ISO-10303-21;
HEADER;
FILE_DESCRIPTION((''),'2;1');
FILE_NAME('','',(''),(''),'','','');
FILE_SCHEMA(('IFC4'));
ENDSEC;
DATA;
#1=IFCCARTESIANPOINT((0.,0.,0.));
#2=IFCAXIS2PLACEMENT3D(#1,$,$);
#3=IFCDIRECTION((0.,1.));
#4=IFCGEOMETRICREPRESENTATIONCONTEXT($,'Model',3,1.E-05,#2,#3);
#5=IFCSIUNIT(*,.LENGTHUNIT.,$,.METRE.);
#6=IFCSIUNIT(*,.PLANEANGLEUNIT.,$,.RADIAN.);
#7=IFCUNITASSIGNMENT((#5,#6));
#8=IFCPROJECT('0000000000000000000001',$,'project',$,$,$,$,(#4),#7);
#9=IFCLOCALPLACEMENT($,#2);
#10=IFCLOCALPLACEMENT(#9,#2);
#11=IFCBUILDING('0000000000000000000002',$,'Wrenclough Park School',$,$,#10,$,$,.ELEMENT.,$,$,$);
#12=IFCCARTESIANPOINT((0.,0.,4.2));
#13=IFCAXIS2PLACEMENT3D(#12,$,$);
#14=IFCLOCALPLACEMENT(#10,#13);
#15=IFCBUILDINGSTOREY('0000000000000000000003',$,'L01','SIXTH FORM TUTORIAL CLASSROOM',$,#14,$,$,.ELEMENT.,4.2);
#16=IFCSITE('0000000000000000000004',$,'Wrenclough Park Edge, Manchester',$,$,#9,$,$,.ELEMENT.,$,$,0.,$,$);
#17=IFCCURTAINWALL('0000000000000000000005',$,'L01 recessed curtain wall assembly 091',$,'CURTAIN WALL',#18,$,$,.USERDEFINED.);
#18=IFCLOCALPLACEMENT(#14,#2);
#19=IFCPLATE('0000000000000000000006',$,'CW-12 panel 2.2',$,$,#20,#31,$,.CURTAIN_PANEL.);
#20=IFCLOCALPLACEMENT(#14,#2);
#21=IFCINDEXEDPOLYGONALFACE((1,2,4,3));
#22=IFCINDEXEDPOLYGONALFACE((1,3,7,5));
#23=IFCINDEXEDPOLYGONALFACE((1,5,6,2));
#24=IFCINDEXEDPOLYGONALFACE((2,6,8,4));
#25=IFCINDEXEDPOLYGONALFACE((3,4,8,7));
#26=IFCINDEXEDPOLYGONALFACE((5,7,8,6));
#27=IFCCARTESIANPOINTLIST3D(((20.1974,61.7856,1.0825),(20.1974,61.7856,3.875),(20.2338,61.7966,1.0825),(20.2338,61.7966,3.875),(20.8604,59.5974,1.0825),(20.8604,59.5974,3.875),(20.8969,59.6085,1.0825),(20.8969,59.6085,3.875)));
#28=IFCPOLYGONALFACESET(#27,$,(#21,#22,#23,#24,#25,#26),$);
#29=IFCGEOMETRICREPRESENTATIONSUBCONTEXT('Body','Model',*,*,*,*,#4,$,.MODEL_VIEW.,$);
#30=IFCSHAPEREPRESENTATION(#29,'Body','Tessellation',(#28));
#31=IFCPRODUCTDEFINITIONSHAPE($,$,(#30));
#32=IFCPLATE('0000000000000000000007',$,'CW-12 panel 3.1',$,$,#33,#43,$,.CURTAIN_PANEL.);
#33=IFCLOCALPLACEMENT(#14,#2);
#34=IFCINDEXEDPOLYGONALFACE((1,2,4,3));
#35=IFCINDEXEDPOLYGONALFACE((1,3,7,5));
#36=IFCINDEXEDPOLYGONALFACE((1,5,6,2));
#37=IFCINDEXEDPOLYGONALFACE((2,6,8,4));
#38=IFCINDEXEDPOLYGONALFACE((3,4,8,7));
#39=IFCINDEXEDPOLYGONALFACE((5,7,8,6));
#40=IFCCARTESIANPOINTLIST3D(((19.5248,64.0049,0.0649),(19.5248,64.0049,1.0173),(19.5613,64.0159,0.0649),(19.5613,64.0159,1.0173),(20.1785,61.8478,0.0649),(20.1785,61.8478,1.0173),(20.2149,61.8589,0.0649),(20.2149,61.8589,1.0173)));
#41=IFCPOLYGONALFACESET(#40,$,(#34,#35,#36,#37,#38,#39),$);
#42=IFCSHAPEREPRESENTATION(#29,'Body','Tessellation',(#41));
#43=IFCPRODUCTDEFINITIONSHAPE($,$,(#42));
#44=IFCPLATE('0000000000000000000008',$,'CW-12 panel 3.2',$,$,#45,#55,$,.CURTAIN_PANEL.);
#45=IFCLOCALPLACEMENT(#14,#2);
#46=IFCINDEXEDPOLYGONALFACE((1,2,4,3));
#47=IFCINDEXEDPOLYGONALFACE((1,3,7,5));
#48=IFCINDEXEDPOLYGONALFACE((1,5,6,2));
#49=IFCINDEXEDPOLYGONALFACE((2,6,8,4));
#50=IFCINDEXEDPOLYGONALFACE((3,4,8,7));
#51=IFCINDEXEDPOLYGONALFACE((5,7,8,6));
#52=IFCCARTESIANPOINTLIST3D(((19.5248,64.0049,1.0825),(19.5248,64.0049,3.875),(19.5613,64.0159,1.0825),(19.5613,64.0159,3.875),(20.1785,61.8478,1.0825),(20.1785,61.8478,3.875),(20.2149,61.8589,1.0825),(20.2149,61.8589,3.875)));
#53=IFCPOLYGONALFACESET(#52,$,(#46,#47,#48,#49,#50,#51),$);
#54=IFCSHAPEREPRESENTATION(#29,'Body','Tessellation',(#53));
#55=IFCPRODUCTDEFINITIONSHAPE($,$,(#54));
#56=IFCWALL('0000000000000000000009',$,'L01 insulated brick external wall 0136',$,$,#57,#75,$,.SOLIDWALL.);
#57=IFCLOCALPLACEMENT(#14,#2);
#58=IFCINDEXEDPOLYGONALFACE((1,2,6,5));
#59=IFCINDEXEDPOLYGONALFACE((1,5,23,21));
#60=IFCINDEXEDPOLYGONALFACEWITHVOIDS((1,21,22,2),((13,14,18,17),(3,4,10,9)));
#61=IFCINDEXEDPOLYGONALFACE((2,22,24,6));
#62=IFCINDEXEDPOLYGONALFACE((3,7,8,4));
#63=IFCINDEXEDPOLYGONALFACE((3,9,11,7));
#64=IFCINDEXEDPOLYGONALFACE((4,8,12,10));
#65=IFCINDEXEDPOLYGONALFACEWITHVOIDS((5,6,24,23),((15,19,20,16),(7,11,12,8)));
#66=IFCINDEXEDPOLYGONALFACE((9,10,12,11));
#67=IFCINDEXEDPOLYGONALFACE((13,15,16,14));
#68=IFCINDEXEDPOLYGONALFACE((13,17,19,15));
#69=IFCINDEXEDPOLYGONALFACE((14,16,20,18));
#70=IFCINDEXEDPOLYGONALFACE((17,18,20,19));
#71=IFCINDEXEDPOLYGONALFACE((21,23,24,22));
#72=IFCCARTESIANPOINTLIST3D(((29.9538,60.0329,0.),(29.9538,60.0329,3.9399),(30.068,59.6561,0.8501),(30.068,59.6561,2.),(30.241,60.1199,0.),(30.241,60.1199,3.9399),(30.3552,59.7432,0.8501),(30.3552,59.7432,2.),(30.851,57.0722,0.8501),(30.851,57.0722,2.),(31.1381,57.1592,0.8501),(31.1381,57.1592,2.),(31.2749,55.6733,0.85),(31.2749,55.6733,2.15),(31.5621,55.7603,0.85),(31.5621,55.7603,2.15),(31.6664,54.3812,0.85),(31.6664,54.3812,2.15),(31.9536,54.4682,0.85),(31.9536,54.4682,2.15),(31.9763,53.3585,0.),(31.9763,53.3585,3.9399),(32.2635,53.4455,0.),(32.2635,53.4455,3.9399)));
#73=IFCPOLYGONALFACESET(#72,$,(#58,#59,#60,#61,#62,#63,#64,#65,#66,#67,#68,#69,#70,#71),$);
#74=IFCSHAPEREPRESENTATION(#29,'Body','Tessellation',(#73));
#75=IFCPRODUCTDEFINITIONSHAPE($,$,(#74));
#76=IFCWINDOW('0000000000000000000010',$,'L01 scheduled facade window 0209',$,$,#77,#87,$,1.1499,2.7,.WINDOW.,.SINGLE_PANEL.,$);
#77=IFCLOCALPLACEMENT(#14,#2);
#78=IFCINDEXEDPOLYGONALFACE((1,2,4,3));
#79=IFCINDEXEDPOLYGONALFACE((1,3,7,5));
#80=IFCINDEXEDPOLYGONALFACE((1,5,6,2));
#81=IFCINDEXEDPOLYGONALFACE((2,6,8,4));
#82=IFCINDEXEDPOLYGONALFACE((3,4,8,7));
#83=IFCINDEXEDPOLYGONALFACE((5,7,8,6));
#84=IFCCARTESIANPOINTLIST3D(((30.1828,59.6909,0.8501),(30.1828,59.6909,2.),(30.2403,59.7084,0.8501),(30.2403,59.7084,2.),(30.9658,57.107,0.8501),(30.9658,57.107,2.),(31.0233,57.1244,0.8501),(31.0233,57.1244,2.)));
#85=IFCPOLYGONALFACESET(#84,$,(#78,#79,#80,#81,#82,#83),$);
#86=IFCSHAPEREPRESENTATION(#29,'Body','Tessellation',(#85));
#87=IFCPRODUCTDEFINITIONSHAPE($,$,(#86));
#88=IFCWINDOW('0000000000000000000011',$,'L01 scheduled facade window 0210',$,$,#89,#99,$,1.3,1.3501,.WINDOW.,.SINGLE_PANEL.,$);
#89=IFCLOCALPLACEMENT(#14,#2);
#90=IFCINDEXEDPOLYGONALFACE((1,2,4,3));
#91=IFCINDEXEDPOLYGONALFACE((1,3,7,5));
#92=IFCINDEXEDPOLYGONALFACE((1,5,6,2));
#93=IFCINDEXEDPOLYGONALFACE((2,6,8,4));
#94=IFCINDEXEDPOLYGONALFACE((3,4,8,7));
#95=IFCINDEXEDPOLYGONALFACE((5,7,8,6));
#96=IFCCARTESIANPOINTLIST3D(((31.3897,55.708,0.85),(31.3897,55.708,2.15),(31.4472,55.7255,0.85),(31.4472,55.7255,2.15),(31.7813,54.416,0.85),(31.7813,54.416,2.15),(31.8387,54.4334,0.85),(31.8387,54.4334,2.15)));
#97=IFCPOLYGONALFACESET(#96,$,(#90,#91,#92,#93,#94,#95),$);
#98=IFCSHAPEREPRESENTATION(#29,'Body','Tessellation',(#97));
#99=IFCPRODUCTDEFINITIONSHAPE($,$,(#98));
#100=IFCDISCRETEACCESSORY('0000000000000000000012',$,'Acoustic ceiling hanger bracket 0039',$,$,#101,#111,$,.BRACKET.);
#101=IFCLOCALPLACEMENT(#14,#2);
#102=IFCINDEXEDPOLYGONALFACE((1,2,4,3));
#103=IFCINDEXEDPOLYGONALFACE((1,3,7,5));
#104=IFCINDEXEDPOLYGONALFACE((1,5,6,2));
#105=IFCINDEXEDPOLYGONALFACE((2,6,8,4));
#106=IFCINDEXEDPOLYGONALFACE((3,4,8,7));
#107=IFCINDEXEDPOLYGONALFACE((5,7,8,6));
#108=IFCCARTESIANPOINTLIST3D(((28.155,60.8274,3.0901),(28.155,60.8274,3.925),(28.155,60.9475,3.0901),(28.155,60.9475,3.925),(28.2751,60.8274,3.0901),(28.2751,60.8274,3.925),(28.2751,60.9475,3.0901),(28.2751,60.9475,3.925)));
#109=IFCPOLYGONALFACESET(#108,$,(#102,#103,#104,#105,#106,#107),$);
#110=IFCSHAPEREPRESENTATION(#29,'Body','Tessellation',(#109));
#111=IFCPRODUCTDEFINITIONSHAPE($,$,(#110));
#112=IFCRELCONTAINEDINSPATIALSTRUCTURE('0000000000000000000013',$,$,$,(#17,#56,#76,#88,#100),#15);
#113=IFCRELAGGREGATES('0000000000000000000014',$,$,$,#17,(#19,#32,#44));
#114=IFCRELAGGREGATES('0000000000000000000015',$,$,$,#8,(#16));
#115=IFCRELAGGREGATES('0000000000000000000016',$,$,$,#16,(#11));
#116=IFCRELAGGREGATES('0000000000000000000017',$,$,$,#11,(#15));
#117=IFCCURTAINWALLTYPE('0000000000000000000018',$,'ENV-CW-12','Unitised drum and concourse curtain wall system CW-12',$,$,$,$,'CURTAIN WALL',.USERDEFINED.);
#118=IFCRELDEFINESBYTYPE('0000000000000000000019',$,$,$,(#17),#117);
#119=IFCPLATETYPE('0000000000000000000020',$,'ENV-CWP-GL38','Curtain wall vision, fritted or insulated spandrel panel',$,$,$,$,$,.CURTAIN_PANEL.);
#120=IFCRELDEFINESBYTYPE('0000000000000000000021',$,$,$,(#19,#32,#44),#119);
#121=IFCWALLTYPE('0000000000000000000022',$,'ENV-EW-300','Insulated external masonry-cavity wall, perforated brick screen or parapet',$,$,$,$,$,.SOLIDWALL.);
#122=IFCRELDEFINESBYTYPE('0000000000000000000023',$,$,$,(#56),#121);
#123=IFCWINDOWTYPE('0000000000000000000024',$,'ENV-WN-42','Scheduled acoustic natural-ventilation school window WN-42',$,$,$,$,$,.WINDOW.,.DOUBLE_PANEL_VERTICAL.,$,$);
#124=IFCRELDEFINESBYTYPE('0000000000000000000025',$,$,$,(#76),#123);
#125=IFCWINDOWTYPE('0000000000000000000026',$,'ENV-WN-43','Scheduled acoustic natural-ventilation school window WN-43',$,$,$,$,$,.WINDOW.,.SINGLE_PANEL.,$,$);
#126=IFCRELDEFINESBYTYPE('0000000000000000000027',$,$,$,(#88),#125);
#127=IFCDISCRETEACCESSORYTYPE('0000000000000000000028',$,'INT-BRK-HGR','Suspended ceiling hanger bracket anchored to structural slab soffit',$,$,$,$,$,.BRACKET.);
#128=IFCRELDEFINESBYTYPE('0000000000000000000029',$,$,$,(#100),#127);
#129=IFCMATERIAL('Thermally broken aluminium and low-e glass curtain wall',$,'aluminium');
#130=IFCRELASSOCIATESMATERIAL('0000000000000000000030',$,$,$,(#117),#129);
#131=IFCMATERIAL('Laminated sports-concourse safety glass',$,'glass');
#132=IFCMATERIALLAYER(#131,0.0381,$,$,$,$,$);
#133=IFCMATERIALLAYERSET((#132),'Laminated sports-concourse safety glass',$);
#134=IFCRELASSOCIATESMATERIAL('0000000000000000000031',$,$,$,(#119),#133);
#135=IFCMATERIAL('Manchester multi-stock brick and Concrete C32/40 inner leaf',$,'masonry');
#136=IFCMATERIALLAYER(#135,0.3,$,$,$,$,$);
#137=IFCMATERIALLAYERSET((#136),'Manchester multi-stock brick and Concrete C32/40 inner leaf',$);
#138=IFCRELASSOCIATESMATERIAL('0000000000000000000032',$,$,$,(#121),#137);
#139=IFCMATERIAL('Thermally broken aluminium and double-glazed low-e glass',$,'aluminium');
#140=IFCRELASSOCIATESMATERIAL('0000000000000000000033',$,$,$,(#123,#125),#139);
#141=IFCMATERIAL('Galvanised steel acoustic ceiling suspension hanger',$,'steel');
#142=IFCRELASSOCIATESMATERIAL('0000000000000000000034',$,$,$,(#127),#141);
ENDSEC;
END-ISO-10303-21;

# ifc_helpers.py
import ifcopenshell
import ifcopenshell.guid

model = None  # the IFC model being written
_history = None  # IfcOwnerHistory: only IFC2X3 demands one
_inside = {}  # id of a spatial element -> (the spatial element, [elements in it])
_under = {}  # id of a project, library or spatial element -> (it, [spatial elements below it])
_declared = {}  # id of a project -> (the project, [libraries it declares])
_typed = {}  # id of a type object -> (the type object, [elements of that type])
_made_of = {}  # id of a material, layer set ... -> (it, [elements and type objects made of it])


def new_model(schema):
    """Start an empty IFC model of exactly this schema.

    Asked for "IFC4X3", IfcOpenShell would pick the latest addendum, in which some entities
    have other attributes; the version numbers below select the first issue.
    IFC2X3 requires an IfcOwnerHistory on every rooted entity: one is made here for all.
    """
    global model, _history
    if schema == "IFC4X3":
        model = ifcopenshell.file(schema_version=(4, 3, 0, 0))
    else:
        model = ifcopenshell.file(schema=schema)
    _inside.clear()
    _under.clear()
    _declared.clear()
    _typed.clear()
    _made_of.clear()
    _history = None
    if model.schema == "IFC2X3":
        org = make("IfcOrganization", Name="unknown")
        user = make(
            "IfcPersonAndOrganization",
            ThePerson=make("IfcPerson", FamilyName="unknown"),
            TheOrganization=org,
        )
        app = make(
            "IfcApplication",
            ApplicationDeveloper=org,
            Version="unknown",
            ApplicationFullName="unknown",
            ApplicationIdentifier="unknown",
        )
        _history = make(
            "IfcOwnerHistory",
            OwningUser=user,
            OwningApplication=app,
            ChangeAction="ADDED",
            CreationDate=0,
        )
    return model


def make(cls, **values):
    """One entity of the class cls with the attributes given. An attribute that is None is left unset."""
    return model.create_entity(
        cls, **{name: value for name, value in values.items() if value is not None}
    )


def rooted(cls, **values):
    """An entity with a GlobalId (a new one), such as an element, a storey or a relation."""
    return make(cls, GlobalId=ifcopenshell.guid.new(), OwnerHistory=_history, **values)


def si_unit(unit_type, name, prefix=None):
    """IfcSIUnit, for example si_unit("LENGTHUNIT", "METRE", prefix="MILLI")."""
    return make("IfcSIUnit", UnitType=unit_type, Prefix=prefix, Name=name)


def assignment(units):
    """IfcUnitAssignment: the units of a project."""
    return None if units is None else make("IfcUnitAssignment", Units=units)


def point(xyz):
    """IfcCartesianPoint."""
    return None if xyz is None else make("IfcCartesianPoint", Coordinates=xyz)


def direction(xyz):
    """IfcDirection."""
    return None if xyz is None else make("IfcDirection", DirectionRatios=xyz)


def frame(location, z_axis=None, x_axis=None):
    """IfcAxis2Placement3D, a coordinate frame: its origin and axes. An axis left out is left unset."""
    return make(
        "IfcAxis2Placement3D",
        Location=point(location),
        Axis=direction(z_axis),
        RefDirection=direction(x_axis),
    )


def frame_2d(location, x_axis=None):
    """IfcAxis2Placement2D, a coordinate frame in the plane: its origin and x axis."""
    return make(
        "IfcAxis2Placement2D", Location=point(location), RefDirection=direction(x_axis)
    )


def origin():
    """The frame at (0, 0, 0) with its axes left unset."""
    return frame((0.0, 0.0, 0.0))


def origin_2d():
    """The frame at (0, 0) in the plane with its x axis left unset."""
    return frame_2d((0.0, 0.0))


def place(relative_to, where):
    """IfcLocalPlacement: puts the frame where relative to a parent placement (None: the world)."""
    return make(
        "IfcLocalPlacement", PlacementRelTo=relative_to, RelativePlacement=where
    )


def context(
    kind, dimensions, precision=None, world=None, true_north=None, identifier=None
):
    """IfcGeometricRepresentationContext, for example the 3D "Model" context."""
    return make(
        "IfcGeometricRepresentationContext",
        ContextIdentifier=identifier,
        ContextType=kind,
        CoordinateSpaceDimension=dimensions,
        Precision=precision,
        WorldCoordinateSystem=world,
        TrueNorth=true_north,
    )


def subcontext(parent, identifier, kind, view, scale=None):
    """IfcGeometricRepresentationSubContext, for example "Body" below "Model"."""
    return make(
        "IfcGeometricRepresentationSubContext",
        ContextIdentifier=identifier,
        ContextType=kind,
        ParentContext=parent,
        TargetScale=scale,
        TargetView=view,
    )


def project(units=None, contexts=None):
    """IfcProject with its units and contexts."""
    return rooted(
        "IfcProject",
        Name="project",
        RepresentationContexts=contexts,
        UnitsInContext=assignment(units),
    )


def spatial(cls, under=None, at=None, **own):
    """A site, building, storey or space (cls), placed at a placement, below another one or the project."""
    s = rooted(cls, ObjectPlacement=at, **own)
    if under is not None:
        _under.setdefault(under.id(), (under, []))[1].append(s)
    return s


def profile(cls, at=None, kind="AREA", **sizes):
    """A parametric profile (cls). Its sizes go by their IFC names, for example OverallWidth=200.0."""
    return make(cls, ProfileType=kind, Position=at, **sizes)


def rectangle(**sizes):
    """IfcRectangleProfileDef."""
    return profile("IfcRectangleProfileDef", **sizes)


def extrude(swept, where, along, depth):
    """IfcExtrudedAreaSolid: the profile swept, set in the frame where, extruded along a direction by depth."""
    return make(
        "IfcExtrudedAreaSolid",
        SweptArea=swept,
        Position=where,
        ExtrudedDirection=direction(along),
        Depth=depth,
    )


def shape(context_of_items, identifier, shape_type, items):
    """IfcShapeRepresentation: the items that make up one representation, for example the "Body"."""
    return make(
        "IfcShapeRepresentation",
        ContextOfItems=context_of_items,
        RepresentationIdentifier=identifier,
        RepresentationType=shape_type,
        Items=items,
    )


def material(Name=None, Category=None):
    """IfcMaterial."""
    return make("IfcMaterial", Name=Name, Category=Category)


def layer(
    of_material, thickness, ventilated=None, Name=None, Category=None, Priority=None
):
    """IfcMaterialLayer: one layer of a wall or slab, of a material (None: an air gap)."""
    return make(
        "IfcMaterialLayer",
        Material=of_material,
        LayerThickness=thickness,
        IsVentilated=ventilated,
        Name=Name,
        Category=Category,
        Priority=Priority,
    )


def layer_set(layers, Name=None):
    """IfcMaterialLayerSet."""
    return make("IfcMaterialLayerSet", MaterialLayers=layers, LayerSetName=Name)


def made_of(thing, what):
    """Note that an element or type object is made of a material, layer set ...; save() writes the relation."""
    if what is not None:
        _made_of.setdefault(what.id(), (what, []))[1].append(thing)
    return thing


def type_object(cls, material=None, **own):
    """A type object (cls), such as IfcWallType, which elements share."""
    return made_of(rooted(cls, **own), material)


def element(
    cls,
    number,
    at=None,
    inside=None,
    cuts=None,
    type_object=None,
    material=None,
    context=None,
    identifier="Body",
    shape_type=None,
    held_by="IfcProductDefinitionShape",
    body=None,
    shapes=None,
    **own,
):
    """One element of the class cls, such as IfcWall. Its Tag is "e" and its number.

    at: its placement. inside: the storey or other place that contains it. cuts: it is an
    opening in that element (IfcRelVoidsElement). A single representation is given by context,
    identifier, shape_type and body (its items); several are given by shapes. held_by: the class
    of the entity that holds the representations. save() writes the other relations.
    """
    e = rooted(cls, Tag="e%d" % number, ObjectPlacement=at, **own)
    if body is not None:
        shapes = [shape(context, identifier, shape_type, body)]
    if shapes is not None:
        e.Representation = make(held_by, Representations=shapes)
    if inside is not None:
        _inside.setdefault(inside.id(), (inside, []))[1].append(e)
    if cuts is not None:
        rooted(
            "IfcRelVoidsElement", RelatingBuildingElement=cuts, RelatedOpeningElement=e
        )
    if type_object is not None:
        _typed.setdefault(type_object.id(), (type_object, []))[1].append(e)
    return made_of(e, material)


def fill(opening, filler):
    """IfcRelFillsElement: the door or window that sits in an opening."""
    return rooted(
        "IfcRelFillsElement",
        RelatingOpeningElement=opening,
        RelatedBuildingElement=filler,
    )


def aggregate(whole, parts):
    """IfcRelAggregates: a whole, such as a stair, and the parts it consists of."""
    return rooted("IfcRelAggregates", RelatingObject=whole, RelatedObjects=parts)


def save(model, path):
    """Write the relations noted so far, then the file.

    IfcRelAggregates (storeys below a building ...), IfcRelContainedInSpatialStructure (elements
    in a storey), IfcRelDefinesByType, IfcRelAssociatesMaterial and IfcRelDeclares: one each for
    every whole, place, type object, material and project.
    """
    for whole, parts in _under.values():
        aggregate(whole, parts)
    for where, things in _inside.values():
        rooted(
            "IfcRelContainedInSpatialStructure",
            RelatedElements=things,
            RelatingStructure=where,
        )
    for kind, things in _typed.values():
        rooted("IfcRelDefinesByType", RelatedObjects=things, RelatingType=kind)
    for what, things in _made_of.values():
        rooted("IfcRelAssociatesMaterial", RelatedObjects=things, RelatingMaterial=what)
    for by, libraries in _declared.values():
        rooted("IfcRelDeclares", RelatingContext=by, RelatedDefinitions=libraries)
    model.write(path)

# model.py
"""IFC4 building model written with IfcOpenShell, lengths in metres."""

from ifc_helpers import new_model, si_unit, direction, frame, frame_2d, origin, origin_2d, place, context, subcontext, project, spatial, rectangle, extrude, material, layer, layer_set, type_object, element, fill, aggregate, save


model = new_model("IFC4")

# Units and contexts
model_context = context("Model", 3, precision=1e-05, world=origin(), true_north=direction((0.0, 1.0)))
body_context = subcontext(model_context, "Body", "Model", "MODEL_VIEW")
ifc_project = project(units=[si_unit("LENGTHUNIT", "METRE"), si_unit("PLANEANGLEUNIT", "RADIAN")], contexts=[model_context])

# Site, building, storey
site_placement = place(None, origin())
site = spatial("IfcSite", under=ifc_project, at=site_placement, Name="Wrenclough Park Edge, Manchester", CompositionType="ELEMENT", RefElevation=0.0)
building_placement = place(site_placement, origin())
building = spatial("IfcBuilding", under=site, at=building_placement, Name="Wrenclough Park School", CompositionType="ELEMENT")
storey_placement = place(building_placement, frame((0.0, 0.0, 4.2)))
storey = spatial("IfcBuildingStorey", under=building, at=storey_placement, Name="L01", Description="SIXTH FORM TUTORIAL CLASSROOM", CompositionType="ELEMENT", Elevation=4.2)

# Curtain wall
ifc_material_1 = material(Name="Thermally broken aluminium and low-e glass curtain wall", Category="aluminium")
curtain_wall_type = type_object("IfcCurtainWallType", Name="ENV-CW-12", Description="Unitised drum and concourse curtain wall system CW-12", ElementType="CURTAIN WALL", PredefinedType="USERDEFINED", material=ifc_material_1)
curtain_wall_placement = place(storey_placement, origin())
curtain_wall = element("IfcCurtainWall", 1, at=curtain_wall_placement, inside=storey, type_object=curtain_wall_type, Name="L01 recessed curtain wall assembly 091", ObjectType="CURTAIN WALL", PredefinedType="USERDEFINED")

# Plates
ifc_material_2 = material(Name="Laminated sports-concourse safety glass", Category="glass")
ifc_layer_1 = layer(ifc_material_2, 0.0381)
ifc_layer_set_1 = layer_set([ifc_layer_1], Name="Laminated sports-concourse safety glass")
plate_type = type_object("IfcPlateType", Name="ENV-CWP-GL38", Description="Curtain wall vision, fritted or insulated spandrel panel", PredefinedType="CURTAIN_PANEL", material=ifc_layer_set_1)
plate_1_placement = place(storey_placement, frame((20.5471, 60.697, 1.0825), z_axis=(0.0, 0.0, 1.0), x_axis=(-0.289988, 0.95703, 0.0)))
plate_1 = element("IfcPlate", 2, at=plate_1_placement, type_object=plate_type, Name="CW-12 panel 2.2", PredefinedType="CURTAIN_PANEL", context=body_context, shape_type="SweptSolid", body=[
    extrude(rectangle(XDim=2.2864, YDim=0.0381, at=origin_2d()), origin(), (0.0, 0.0, 1.0), 2.7925),
])
plate_2_placement = place(storey_placement, frame((19.8699, 62.9319, 0.0649), z_axis=(0.0, 0.0, 1.0), x_axis=(-0.289988, 0.95703, 0.0)))
plate_2 = element("IfcPlate", 3, at=plate_2_placement, type_object=plate_type, Name="CW-12 panel 3.1", PredefinedType="CURTAIN_PANEL", context=body_context, shape_type="SweptSolid", body=[
    extrude(rectangle(XDim=2.2539, YDim=0.0381, at=origin_2d()), origin(), (0.0, 0.0, 1.0), 0.9524),
])
plate_3_placement = place(storey_placement, frame((19.8699, 62.9319, 1.0825), z_axis=(0.0, 0.0, 1.0), x_axis=(-0.289988, 0.95703, 0.0)))
plate_3 = element("IfcPlate", 4, at=plate_3_placement, type_object=plate_type, Name="CW-12 panel 3.2", PredefinedType="CURTAIN_PANEL", context=body_context, shape_type="SweptSolid", body=[
    extrude(rectangle(XDim=2.2539, YDim=0.0381, at=origin_2d()), origin(), (0.0, 0.0, 1.0), 2.7925),
])
aggregate(curtain_wall, [plate_1, plate_2, plate_3])

# Wall, openings, windows
ifc_material_3 = material(Name="Manchester multi-stock brick and Concrete C32/40 inner leaf", Category="masonry")
ifc_layer_2 = layer(ifc_material_3, 0.3)
ifc_layer_set_2 = layer_set([ifc_layer_2], Name="Manchester multi-stock brick and Concrete C32/40 inner leaf")
wall_type = type_object("IfcWallType", Name="ENV-EW-300", Description="Insulated external masonry-cavity wall, perforated brick screen or parapet", PredefinedType="SOLIDWALL", material=ifc_layer_set_2)
wall_placement = place(storey_placement, frame((30.0974, 60.0764, 0.0), z_axis=(0.0, 0.0, 1.0), x_axis=(0.29, -0.957027, 0.0)))
wall = element("IfcWall", 5, at=wall_placement, inside=storey, type_object=wall_type, Name="L01 insulated brick external wall 0136", PredefinedType="SOLIDWALL", context=body_context, shape_type="SweptSolid", body=[
    extrude(rectangle(XDim=6.9741, YDim=0.3, at=frame_2d((3.4871, 0.0))), origin(), (0.0, 0.0, 1.0), 3.9399),
])
opening_1_placement = place(wall_placement, frame((0.3936, 0.0, 0.8501)))
opening_1 = element("IfcOpeningElement", 6, at=opening_1_placement, cuts=wall, PredefinedType="OPENING", context=body_context, shape_type="SweptSolid", body=[
    extrude(rectangle(XDim=2.7, YDim=1.1499, at=frame_2d((1.3501, 0.575))), frame((0.0, 0.1599, 0.0), z_axis=(0.0, -1.0, 0.0), x_axis=(1.0, 0.0, 0.0)), (0.0, 0.0, 1.0), 0.3201),
])
opening_2_placement = place(wall_placement, frame((4.5554, 0.0, 0.8501)))
opening_2 = element("IfcOpeningElement", 7, at=opening_2_placement, cuts=wall, PredefinedType="OPENING", context=body_context, shape_type="SweptSolid", body=[
    extrude(rectangle(XDim=1.3501, YDim=1.3, at=frame_2d((0.675, 0.6499))), frame((0.0, 0.1599, 0.0), z_axis=(0.0, -1.0, 0.0), x_axis=(1.0, 0.0, 0.0)), (0.0, 0.0, 1.0), 0.3201),
])
ifc_material_4 = material(Name="Thermally broken aluminium and double-glazed low-e glass", Category="aluminium")
window_type_1 = type_object("IfcWindowType", Name="ENV-WN-42", Description="Scheduled acoustic natural-ventilation school window WN-42", PartitioningType="DOUBLE_PANEL_VERTICAL", PredefinedType="WINDOW", material=ifc_material_4)
window_1_placement = place(opening_1_placement, origin())
window_1 = element("IfcWindow", 8, at=window_1_placement, inside=storey, type_object=window_type_1, Name="L01 scheduled facade window 0209", OverallHeight=1.1499, OverallWidth=2.7, PartitioningType="SINGLE_PANEL", PredefinedType="WINDOW", context=body_context, shape_type="SweptSolid", body=[
    extrude(rectangle(XDim=2.7, YDim=1.1499, at=frame_2d((1.3501, 0.575))), frame((0.0, 0.03, 0.0), z_axis=(0.0, -1.0, 0.0), x_axis=(1.0, 0.0, 0.0)), (0.0, 0.0, 1.0), 0.0601),
])
fill(opening_1, window_1)
window_type_2 = type_object("IfcWindowType", Name="ENV-WN-43", Description="Scheduled acoustic natural-ventilation school window WN-43", PartitioningType="SINGLE_PANEL", PredefinedType="WINDOW", material=ifc_material_4)
window_2_placement = place(opening_2_placement, origin())
window_2 = element("IfcWindow", 9, at=window_2_placement, inside=storey, type_object=window_type_2, Name="L01 scheduled facade window 0210", OverallHeight=1.3, OverallWidth=1.3501, PartitioningType="SINGLE_PANEL", PredefinedType="WINDOW", context=body_context, shape_type="SweptSolid", body=[
    extrude(rectangle(XDim=1.3501, YDim=1.3, at=frame_2d((0.675, 0.6499))), frame((0.0, 0.03, 0.0), z_axis=(0.0, -1.0, 0.0), x_axis=(1.0, 0.0, 0.0)), (0.0, 0.0, 1.0), 0.0601),
])
fill(opening_2, window_2)

# Discrete accessory
ifc_material_5 = material(Name="Galvanised steel acoustic ceiling suspension hanger", Category="steel")
discrete_accessory_type = type_object("IfcDiscreteAccessoryType", Name="INT-BRK-HGR", Description="Suspended ceiling hanger bracket anchored to structural slab soffit", PredefinedType="BRACKET", material=ifc_material_5)
discrete_accessory_placement = place(storey_placement, frame((28.2151, 60.8875, 3.0901), z_axis=(0.0, 0.0, 1.0), x_axis=(1.0, 0.0, 0.0)))
element("IfcDiscreteAccessory", 10, at=discrete_accessory_placement, inside=storey, type_object=discrete_accessory_type, Name="Acoustic ceiling hanger bracket 0039", PredefinedType="BRACKET", context=body_context, shape_type="SweptSolid", body=[
    extrude(rectangle(XDim=0.1201, YDim=0.1201, at=origin_2d()), origin(), (0.0, 0.0, 1.0), 0.835),
])

save(model, "model.ifc")
